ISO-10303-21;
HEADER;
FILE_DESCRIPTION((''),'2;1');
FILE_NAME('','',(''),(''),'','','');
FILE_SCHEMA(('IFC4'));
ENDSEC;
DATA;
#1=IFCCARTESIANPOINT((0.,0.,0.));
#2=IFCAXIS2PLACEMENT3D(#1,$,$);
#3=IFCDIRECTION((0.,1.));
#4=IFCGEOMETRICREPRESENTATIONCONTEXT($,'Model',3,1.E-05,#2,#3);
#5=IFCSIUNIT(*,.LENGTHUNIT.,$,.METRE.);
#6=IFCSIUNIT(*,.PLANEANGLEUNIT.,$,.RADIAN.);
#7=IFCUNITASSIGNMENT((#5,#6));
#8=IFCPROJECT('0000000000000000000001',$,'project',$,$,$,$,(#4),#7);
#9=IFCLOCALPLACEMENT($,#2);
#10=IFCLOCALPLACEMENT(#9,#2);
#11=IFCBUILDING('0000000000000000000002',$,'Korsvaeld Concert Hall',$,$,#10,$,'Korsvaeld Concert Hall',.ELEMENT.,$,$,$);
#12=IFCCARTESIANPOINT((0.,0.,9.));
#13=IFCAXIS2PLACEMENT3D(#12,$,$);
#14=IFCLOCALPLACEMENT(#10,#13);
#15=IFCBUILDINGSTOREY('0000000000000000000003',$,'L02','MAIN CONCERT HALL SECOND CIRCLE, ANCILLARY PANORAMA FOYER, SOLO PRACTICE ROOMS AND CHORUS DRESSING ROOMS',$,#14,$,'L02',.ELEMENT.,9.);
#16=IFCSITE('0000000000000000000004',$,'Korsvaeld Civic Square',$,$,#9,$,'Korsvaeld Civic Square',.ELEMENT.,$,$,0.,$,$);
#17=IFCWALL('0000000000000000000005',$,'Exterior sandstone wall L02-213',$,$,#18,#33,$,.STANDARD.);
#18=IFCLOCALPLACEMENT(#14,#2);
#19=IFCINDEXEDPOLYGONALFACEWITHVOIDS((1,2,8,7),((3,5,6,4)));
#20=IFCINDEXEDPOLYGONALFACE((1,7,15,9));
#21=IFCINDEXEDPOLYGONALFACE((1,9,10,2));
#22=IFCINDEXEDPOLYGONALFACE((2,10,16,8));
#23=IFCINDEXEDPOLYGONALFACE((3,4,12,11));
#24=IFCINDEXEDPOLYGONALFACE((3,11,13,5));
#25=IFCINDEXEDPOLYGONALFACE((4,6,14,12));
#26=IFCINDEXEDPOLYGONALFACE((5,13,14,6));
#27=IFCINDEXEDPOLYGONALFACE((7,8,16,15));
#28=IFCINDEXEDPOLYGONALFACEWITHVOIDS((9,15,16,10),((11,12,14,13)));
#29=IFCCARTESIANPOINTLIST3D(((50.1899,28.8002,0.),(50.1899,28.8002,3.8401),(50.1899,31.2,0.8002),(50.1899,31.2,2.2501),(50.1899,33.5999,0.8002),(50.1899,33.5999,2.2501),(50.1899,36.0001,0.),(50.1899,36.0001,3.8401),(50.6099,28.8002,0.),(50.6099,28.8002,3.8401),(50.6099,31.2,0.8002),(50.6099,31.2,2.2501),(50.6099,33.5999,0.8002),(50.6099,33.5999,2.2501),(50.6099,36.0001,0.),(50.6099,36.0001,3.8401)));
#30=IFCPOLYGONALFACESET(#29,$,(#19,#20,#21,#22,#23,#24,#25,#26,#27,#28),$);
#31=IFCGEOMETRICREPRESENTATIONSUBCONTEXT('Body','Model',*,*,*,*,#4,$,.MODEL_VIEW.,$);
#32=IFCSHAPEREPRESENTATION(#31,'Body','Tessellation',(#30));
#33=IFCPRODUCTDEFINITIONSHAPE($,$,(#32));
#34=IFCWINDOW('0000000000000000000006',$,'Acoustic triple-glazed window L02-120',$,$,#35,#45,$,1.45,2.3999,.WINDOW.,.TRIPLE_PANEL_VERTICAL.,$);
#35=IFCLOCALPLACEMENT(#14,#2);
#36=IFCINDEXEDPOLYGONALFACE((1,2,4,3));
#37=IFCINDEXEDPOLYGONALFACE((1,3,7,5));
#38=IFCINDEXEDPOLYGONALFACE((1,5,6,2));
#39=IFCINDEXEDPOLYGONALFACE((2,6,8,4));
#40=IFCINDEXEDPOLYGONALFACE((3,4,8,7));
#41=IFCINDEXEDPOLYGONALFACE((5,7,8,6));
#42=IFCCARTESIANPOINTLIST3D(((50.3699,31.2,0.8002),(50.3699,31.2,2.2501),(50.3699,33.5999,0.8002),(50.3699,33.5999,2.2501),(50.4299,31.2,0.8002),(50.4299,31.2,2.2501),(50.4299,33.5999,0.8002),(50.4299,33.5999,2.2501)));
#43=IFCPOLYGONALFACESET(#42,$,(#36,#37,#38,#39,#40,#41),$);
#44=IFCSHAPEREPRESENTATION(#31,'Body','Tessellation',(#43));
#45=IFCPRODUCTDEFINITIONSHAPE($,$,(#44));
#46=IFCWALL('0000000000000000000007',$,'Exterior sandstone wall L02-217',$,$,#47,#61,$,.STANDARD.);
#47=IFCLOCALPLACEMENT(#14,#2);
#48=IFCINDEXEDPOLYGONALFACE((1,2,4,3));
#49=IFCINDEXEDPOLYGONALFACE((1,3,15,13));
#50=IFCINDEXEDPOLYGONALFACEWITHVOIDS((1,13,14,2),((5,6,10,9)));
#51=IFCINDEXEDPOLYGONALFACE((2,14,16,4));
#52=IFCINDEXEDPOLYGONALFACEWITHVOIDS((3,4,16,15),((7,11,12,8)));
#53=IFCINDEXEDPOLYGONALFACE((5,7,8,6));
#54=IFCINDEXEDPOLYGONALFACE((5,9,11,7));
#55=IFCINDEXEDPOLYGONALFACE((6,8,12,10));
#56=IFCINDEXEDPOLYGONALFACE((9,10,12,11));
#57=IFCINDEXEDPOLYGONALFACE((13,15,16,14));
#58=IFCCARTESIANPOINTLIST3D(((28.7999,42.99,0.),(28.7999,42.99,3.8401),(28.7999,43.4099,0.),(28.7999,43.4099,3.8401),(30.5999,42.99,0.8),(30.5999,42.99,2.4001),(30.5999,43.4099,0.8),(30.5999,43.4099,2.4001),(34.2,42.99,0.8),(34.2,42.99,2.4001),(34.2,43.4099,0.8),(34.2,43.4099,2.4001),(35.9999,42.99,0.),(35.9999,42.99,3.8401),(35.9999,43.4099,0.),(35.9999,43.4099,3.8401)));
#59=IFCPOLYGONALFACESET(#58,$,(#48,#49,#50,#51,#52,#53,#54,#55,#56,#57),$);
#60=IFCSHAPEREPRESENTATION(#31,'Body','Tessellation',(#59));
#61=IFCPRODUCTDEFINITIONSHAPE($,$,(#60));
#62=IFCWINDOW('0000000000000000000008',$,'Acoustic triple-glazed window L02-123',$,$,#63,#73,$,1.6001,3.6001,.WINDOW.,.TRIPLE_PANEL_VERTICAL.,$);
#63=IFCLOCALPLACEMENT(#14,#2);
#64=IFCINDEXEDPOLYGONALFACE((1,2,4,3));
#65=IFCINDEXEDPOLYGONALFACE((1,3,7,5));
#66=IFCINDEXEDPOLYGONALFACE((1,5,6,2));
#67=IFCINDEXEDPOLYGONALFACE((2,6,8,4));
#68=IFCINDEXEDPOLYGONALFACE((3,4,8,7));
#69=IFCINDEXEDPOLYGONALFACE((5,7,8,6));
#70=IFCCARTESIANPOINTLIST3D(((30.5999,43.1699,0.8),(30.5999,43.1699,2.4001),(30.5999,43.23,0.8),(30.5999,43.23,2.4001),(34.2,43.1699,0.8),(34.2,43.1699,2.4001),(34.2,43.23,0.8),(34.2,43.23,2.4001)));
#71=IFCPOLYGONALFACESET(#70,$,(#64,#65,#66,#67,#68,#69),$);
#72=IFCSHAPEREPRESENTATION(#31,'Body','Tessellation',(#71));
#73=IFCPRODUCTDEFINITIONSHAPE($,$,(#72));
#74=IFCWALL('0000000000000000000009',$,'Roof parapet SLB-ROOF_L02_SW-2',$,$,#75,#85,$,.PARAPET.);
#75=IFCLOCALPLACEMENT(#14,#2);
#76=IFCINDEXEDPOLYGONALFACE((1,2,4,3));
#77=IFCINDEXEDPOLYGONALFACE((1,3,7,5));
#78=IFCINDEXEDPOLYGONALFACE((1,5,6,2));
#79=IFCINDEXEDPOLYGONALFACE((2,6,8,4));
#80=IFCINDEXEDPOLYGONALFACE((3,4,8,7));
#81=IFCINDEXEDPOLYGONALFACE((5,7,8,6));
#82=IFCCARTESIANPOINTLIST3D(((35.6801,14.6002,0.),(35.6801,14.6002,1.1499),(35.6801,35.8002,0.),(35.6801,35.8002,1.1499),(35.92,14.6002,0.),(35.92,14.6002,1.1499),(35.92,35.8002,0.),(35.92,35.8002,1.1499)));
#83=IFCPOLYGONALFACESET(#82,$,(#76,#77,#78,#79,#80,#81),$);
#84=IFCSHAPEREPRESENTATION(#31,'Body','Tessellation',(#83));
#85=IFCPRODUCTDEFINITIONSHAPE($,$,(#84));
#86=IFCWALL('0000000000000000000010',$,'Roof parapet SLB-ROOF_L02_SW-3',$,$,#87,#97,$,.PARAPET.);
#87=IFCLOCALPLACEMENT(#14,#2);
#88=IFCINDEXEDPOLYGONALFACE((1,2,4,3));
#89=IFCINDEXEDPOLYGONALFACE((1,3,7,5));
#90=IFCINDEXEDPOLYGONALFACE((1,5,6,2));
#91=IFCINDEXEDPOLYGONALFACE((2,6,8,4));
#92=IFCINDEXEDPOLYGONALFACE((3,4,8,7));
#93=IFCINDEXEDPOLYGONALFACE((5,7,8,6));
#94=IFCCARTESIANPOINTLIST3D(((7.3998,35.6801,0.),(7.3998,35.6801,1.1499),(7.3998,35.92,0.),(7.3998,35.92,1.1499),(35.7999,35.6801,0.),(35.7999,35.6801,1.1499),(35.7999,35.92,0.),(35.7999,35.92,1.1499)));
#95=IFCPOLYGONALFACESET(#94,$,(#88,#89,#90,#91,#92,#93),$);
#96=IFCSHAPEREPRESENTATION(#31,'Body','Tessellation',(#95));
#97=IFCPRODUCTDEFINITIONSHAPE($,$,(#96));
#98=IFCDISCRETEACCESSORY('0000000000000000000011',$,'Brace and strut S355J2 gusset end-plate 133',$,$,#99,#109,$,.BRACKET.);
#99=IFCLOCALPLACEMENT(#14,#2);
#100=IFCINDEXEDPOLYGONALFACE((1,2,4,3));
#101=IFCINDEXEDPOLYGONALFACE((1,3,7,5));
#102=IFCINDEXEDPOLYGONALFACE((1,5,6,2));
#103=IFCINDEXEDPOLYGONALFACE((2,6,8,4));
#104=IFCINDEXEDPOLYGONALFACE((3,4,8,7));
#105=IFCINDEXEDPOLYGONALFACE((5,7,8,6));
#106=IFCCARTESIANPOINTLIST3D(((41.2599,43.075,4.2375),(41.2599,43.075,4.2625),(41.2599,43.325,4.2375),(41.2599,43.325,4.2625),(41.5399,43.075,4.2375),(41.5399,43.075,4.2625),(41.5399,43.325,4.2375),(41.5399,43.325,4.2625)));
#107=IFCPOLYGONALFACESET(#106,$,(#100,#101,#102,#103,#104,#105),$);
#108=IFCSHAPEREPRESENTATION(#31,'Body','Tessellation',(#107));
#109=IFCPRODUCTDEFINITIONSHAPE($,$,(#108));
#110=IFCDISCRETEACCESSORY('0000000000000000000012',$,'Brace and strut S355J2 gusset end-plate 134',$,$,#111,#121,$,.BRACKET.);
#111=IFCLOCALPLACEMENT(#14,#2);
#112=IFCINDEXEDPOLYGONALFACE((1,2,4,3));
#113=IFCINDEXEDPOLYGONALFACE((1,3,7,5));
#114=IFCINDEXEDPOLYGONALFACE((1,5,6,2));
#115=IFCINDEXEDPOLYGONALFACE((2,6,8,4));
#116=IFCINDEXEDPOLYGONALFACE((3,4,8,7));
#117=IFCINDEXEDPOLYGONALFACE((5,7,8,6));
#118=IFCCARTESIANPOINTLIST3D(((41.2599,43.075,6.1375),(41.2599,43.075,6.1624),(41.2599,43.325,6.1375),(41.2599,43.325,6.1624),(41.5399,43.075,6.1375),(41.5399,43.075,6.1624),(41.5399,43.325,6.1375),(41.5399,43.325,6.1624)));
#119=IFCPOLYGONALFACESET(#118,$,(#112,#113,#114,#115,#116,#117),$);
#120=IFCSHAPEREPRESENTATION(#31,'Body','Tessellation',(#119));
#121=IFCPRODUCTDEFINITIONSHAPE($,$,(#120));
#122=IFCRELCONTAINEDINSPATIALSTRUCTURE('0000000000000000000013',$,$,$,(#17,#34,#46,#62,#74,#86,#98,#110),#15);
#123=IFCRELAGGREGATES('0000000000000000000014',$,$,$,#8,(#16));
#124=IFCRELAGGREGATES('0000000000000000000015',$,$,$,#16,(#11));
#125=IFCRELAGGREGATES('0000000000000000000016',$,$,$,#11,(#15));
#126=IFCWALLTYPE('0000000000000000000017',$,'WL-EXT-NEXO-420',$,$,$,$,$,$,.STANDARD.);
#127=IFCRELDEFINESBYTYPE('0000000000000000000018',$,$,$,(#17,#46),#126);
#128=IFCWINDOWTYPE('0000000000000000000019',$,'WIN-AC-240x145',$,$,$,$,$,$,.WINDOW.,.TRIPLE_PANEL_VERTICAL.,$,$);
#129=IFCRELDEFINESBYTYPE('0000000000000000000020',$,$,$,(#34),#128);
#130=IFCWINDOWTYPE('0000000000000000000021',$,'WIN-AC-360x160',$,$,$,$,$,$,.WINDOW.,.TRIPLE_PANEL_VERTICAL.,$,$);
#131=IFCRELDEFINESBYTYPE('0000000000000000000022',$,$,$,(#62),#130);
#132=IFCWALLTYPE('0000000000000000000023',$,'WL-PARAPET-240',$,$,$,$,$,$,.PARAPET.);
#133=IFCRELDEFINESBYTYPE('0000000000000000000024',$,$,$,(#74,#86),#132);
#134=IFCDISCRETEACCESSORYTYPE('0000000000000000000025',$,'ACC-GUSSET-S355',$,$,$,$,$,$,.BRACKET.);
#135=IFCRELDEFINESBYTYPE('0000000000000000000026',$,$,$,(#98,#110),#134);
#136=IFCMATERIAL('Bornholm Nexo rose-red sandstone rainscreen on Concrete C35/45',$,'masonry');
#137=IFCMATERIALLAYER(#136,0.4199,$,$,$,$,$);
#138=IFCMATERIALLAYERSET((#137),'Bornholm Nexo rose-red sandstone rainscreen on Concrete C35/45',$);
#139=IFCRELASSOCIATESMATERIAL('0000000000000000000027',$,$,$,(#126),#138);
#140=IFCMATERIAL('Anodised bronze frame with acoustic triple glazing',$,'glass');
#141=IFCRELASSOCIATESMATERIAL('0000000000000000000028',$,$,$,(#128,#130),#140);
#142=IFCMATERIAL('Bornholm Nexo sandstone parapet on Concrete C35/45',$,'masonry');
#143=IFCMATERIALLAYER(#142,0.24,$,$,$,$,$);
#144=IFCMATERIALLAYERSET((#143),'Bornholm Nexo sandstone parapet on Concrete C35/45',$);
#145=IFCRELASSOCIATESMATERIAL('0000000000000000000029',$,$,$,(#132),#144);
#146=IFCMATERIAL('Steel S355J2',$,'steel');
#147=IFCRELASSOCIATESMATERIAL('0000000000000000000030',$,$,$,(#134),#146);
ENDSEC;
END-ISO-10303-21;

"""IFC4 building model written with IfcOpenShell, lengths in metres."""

from ifc_helpers import new_model, si_unit, direction, frame, frame_2d, origin, origin_2d, place, context, subcontext, project, spatial, rectangle, extrude, material, layer, layer_set, type_object, element, fill, save


model = new_model("IFC4")

# Units and contexts
model_context = context("Model", 3, precision=1e-05, world=origin(), true_north=direction((0.0, 1.0)))
body_context = subcontext(model_context, "Body", "Model", "MODEL_VIEW")
ifc_project = project(units=[si_unit("LENGTHUNIT", "METRE"), si_unit("PLANEANGLEUNIT", "RADIAN")], contexts=[model_context])

# Site, building, storey
site_placement = place(None, origin())
site = spatial("IfcSite", under=ifc_project, at=site_placement, Name="Korsvaeld Civic Square", LongName="Korsvaeld Civic Square", CompositionType="ELEMENT", RefElevation=0.0)
building_placement = place(site_placement, origin())
building = spatial("IfcBuilding", under=site, at=building_placement, Name="Korsvaeld Concert Hall", LongName="Korsvaeld Concert Hall", CompositionType="ELEMENT")
storey_placement = place(building_placement, frame((0.0, 0.0, 9.0)))
storey = spatial("IfcBuildingStorey", under=building, at=storey_placement, Name="L02", Description="MAIN CONCERT HALL SECOND CIRCLE, ANCILLARY PANORAMA FOYER, SOLO PRACTICE ROOMS AND CHORUS DRESSING ROOMS", LongName="L02", CompositionType="ELEMENT", Elevation=9.0)

# Shared definitions
ifc_material_1 = material(Name="Steel S355J2", Category="steel")

# Walls, openings, windows
ifc_material_2 = material(Name="Anodised bronze frame with acoustic triple glazing", Category="glass")
ifc_material_3 = material(Name="Bornholm Nexo rose-red sandstone rainscreen on Concrete C35/45", Category="masonry")
ifc_layer_1 = layer(ifc_material_3, 0.4199)
ifc_layer_set_1 = layer_set([ifc_layer_1], Name="Bornholm Nexo rose-red sandstone rainscreen on Concrete C35/45")
wall_type_1 = type_object("IfcWallType", Name="WL-EXT-NEXO-420", PredefinedType="STANDARD", material=ifc_layer_set_1)
wall_1_placement = place(storey_placement, frame((50.3999, 28.8, 0.0), z_axis=(0.0, 0.0, 1.0), x_axis=(0.0, 1.0, 0.0)))
wall_1 = element("IfcWall", 1, at=wall_1_placement, inside=storey, type_object=wall_type_1, Name="Exterior sandstone wall L02-213", PredefinedType="STANDARD", context=body_context, shape_type="SweptSolid", body=[
    extrude(rectangle(XDim=7.2, YDim=0.4199, at=frame_2d((3.6001, 0.0))), origin(), (0.0, 0.0, 1.0), 3.8401),
])
opening_1_placement = place(wall_1_placement, frame((2.3999, 0.0, 0.8)))
opening_1 = element("IfcOpeningElement", 2, at=opening_1_placement, cuts=wall_1, PredefinedType="OPENING", context=body_context, shape_type="SweptSolid", body=[
    extrude(rectangle(XDim=2.3999, YDim=1.45, at=frame_2d((1.2, 0.7251))), frame((0.0, 0.22, 0.0), z_axis=(0.0, -1.0, 0.0), x_axis=(1.0, 0.0, 0.0)), (0.0, 0.0, 1.0), 0.4399),
])
window_type_1 = type_object("IfcWindowType", Name="WIN-AC-240x145", PartitioningType="TRIPLE_PANEL_VERTICAL", PredefinedType="WINDOW", material=ifc_material_2)
window_1_placement = place(opening_1_placement, origin())
window_1 = element("IfcWindow", 3, at=window_1_placement, inside=storey, type_object=window_type_1, Name="Acoustic triple-glazed window L02-120", OverallHeight=1.45, OverallWidth=2.3999, PartitioningType="TRIPLE_PANEL_VERTICAL", PredefinedType="WINDOW", context=body_context, shape_type="SweptSolid", body=[
    extrude(rectangle(XDim=2.3999, YDim=1.45, at=frame_2d((1.2, 0.7251))), frame((0.0, 0.03, 0.0), z_axis=(0.0, -1.0, 0.0), x_axis=(1.0, 0.0, 0.0)), (0.0, 0.0, 1.0), 0.0601),
])
fill(opening_1, window_1)
wall_2_placement = place(storey_placement, frame((36.0, 43.2, 0.0), z_axis=(0.0, 0.0, 1.0), x_axis=(-1.0, 0.0, 0.0)))
wall_2 = element("IfcWall", 4, at=wall_2_placement, inside=storey, type_object=wall_type_1, Name="Exterior sandstone wall L02-217", PredefinedType="STANDARD", context=body_context, shape_type="SweptSolid", body=[
    extrude(rectangle(XDim=7.2, YDim=0.4199, at=frame_2d((3.6001, 0.0))), origin(), (0.0, 0.0, 1.0), 3.8401),
])
opening_2_placement = place(wall_2_placement, frame((1.8, 0.0, 0.8)))
opening_2 = element("IfcOpeningElement", 5, at=opening_2_placement, cuts=wall_2, PredefinedType="OPENING", context=body_context, shape_type="SweptSolid", body=[
    extrude(rectangle(XDim=3.6001, YDim=1.6001, at=frame_2d((1.8, 0.8))), frame((0.0, 0.22, 0.0), z_axis=(0.0, -1.0, 0.0), x_axis=(1.0, 0.0, 0.0)), (0.0, 0.0, 1.0), 0.4399),
])
window_type_2 = type_object("IfcWindowType", Name="WIN-AC-360x160", PartitioningType="TRIPLE_PANEL_VERTICAL", PredefinedType="WINDOW", material=ifc_material_2)
window_2_placement = place(opening_2_placement, origin())
window_2 = element("IfcWindow", 6, at=window_2_placement, inside=storey, type_object=window_type_2, Name="Acoustic triple-glazed window L02-123", OverallHeight=1.6001, OverallWidth=3.6001, PartitioningType="TRIPLE_PANEL_VERTICAL", PredefinedType="WINDOW", context=body_context, shape_type="SweptSolid", body=[
    extrude(rectangle(XDim=3.6001, YDim=1.6001, at=frame_2d((1.8, 0.8))), frame((0.0, 0.03, 0.0), z_axis=(0.0, -1.0, 0.0), x_axis=(1.0, 0.0, 0.0)), (0.0, 0.0, 1.0), 0.0601),
])
fill(opening_2, window_2)

# Walls
ifc_material_4 = material(Name="Bornholm Nexo sandstone parapet on Concrete C35/45", Category="masonry")
ifc_layer_2 = layer(ifc_material_4, 0.24)
ifc_layer_set_2 = layer_set([ifc_layer_2], Name="Bornholm Nexo sandstone parapet on Concrete C35/45")
wall_type_2 = type_object("IfcWallType", Name="WL-PARAPET-240", PredefinedType="PARAPET", material=ifc_layer_set_2)
wall_3_placement = place(storey_placement, frame((35.8, 14.6001, 0.0), z_axis=(0.0, 0.0, 1.0), x_axis=(0.0, 1.0, 0.0)))
element("IfcWall", 7, at=wall_3_placement, inside=storey, type_object=wall_type_2, Name="Roof parapet SLB-ROOF_L02_SW-2", PredefinedType="PARAPET", context=body_context, shape_type="SweptSolid", body=[
    extrude(rectangle(XDim=21.2, YDim=0.24, at=frame_2d((10.6001, 0.0))), origin(), (0.0, 0.0, 1.0), 1.1499),
])
wall_4_placement = place(storey_placement, frame((35.8, 35.8, 0.0), z_axis=(0.0, 0.0, 1.0), x_axis=(-1.0, 0.0, 0.0)))
element("IfcWall", 8, at=wall_4_placement, inside=storey, type_object=wall_type_2, Name="Roof parapet SLB-ROOF_L02_SW-3", PredefinedType="PARAPET", context=body_context, shape_type="SweptSolid", body=[
    extrude(rectangle(XDim=28.4001, YDim=0.24, at=frame_2d((14.2002, 0.0))), origin(), (0.0, 0.0, 1.0), 1.1499),
])

# Discrete accessories
discrete_accessory_type = type_object("IfcDiscreteAccessoryType", Name="ACC-GUSSET-S355", PredefinedType="BRACKET", material=ifc_material_1)
for number, where, z_axis, x_axis, name in (
    (9, (41.3999, 43.2, 4.2375), (0.0, 0.0, 1.0), (1.0, 0.0, 0.0), "Brace and strut S355J2 gusset end-plate 133"),
    (10, (41.3999, 43.2, 6.1375), (0.0, 0.0, 1.0), (1.0, 0.0, 0.0), "Brace and strut S355J2 gusset end-plate 134"),
):
    element("IfcDiscreteAccessory", number, at=place(storey_placement, frame(where, z_axis=z_axis, x_axis=x_axis)), inside=storey, type_object=discrete_accessory_type, Name=name, PredefinedType="BRACKET", context=body_context, shape_type="SweptSolid", body=[
        extrude(rectangle(XDim=0.28, YDim=0.25, at=origin_2d()), origin(), (0.0, 0.0, 1.0), 0.0249),
    ])

save(model, "model.ifc")
